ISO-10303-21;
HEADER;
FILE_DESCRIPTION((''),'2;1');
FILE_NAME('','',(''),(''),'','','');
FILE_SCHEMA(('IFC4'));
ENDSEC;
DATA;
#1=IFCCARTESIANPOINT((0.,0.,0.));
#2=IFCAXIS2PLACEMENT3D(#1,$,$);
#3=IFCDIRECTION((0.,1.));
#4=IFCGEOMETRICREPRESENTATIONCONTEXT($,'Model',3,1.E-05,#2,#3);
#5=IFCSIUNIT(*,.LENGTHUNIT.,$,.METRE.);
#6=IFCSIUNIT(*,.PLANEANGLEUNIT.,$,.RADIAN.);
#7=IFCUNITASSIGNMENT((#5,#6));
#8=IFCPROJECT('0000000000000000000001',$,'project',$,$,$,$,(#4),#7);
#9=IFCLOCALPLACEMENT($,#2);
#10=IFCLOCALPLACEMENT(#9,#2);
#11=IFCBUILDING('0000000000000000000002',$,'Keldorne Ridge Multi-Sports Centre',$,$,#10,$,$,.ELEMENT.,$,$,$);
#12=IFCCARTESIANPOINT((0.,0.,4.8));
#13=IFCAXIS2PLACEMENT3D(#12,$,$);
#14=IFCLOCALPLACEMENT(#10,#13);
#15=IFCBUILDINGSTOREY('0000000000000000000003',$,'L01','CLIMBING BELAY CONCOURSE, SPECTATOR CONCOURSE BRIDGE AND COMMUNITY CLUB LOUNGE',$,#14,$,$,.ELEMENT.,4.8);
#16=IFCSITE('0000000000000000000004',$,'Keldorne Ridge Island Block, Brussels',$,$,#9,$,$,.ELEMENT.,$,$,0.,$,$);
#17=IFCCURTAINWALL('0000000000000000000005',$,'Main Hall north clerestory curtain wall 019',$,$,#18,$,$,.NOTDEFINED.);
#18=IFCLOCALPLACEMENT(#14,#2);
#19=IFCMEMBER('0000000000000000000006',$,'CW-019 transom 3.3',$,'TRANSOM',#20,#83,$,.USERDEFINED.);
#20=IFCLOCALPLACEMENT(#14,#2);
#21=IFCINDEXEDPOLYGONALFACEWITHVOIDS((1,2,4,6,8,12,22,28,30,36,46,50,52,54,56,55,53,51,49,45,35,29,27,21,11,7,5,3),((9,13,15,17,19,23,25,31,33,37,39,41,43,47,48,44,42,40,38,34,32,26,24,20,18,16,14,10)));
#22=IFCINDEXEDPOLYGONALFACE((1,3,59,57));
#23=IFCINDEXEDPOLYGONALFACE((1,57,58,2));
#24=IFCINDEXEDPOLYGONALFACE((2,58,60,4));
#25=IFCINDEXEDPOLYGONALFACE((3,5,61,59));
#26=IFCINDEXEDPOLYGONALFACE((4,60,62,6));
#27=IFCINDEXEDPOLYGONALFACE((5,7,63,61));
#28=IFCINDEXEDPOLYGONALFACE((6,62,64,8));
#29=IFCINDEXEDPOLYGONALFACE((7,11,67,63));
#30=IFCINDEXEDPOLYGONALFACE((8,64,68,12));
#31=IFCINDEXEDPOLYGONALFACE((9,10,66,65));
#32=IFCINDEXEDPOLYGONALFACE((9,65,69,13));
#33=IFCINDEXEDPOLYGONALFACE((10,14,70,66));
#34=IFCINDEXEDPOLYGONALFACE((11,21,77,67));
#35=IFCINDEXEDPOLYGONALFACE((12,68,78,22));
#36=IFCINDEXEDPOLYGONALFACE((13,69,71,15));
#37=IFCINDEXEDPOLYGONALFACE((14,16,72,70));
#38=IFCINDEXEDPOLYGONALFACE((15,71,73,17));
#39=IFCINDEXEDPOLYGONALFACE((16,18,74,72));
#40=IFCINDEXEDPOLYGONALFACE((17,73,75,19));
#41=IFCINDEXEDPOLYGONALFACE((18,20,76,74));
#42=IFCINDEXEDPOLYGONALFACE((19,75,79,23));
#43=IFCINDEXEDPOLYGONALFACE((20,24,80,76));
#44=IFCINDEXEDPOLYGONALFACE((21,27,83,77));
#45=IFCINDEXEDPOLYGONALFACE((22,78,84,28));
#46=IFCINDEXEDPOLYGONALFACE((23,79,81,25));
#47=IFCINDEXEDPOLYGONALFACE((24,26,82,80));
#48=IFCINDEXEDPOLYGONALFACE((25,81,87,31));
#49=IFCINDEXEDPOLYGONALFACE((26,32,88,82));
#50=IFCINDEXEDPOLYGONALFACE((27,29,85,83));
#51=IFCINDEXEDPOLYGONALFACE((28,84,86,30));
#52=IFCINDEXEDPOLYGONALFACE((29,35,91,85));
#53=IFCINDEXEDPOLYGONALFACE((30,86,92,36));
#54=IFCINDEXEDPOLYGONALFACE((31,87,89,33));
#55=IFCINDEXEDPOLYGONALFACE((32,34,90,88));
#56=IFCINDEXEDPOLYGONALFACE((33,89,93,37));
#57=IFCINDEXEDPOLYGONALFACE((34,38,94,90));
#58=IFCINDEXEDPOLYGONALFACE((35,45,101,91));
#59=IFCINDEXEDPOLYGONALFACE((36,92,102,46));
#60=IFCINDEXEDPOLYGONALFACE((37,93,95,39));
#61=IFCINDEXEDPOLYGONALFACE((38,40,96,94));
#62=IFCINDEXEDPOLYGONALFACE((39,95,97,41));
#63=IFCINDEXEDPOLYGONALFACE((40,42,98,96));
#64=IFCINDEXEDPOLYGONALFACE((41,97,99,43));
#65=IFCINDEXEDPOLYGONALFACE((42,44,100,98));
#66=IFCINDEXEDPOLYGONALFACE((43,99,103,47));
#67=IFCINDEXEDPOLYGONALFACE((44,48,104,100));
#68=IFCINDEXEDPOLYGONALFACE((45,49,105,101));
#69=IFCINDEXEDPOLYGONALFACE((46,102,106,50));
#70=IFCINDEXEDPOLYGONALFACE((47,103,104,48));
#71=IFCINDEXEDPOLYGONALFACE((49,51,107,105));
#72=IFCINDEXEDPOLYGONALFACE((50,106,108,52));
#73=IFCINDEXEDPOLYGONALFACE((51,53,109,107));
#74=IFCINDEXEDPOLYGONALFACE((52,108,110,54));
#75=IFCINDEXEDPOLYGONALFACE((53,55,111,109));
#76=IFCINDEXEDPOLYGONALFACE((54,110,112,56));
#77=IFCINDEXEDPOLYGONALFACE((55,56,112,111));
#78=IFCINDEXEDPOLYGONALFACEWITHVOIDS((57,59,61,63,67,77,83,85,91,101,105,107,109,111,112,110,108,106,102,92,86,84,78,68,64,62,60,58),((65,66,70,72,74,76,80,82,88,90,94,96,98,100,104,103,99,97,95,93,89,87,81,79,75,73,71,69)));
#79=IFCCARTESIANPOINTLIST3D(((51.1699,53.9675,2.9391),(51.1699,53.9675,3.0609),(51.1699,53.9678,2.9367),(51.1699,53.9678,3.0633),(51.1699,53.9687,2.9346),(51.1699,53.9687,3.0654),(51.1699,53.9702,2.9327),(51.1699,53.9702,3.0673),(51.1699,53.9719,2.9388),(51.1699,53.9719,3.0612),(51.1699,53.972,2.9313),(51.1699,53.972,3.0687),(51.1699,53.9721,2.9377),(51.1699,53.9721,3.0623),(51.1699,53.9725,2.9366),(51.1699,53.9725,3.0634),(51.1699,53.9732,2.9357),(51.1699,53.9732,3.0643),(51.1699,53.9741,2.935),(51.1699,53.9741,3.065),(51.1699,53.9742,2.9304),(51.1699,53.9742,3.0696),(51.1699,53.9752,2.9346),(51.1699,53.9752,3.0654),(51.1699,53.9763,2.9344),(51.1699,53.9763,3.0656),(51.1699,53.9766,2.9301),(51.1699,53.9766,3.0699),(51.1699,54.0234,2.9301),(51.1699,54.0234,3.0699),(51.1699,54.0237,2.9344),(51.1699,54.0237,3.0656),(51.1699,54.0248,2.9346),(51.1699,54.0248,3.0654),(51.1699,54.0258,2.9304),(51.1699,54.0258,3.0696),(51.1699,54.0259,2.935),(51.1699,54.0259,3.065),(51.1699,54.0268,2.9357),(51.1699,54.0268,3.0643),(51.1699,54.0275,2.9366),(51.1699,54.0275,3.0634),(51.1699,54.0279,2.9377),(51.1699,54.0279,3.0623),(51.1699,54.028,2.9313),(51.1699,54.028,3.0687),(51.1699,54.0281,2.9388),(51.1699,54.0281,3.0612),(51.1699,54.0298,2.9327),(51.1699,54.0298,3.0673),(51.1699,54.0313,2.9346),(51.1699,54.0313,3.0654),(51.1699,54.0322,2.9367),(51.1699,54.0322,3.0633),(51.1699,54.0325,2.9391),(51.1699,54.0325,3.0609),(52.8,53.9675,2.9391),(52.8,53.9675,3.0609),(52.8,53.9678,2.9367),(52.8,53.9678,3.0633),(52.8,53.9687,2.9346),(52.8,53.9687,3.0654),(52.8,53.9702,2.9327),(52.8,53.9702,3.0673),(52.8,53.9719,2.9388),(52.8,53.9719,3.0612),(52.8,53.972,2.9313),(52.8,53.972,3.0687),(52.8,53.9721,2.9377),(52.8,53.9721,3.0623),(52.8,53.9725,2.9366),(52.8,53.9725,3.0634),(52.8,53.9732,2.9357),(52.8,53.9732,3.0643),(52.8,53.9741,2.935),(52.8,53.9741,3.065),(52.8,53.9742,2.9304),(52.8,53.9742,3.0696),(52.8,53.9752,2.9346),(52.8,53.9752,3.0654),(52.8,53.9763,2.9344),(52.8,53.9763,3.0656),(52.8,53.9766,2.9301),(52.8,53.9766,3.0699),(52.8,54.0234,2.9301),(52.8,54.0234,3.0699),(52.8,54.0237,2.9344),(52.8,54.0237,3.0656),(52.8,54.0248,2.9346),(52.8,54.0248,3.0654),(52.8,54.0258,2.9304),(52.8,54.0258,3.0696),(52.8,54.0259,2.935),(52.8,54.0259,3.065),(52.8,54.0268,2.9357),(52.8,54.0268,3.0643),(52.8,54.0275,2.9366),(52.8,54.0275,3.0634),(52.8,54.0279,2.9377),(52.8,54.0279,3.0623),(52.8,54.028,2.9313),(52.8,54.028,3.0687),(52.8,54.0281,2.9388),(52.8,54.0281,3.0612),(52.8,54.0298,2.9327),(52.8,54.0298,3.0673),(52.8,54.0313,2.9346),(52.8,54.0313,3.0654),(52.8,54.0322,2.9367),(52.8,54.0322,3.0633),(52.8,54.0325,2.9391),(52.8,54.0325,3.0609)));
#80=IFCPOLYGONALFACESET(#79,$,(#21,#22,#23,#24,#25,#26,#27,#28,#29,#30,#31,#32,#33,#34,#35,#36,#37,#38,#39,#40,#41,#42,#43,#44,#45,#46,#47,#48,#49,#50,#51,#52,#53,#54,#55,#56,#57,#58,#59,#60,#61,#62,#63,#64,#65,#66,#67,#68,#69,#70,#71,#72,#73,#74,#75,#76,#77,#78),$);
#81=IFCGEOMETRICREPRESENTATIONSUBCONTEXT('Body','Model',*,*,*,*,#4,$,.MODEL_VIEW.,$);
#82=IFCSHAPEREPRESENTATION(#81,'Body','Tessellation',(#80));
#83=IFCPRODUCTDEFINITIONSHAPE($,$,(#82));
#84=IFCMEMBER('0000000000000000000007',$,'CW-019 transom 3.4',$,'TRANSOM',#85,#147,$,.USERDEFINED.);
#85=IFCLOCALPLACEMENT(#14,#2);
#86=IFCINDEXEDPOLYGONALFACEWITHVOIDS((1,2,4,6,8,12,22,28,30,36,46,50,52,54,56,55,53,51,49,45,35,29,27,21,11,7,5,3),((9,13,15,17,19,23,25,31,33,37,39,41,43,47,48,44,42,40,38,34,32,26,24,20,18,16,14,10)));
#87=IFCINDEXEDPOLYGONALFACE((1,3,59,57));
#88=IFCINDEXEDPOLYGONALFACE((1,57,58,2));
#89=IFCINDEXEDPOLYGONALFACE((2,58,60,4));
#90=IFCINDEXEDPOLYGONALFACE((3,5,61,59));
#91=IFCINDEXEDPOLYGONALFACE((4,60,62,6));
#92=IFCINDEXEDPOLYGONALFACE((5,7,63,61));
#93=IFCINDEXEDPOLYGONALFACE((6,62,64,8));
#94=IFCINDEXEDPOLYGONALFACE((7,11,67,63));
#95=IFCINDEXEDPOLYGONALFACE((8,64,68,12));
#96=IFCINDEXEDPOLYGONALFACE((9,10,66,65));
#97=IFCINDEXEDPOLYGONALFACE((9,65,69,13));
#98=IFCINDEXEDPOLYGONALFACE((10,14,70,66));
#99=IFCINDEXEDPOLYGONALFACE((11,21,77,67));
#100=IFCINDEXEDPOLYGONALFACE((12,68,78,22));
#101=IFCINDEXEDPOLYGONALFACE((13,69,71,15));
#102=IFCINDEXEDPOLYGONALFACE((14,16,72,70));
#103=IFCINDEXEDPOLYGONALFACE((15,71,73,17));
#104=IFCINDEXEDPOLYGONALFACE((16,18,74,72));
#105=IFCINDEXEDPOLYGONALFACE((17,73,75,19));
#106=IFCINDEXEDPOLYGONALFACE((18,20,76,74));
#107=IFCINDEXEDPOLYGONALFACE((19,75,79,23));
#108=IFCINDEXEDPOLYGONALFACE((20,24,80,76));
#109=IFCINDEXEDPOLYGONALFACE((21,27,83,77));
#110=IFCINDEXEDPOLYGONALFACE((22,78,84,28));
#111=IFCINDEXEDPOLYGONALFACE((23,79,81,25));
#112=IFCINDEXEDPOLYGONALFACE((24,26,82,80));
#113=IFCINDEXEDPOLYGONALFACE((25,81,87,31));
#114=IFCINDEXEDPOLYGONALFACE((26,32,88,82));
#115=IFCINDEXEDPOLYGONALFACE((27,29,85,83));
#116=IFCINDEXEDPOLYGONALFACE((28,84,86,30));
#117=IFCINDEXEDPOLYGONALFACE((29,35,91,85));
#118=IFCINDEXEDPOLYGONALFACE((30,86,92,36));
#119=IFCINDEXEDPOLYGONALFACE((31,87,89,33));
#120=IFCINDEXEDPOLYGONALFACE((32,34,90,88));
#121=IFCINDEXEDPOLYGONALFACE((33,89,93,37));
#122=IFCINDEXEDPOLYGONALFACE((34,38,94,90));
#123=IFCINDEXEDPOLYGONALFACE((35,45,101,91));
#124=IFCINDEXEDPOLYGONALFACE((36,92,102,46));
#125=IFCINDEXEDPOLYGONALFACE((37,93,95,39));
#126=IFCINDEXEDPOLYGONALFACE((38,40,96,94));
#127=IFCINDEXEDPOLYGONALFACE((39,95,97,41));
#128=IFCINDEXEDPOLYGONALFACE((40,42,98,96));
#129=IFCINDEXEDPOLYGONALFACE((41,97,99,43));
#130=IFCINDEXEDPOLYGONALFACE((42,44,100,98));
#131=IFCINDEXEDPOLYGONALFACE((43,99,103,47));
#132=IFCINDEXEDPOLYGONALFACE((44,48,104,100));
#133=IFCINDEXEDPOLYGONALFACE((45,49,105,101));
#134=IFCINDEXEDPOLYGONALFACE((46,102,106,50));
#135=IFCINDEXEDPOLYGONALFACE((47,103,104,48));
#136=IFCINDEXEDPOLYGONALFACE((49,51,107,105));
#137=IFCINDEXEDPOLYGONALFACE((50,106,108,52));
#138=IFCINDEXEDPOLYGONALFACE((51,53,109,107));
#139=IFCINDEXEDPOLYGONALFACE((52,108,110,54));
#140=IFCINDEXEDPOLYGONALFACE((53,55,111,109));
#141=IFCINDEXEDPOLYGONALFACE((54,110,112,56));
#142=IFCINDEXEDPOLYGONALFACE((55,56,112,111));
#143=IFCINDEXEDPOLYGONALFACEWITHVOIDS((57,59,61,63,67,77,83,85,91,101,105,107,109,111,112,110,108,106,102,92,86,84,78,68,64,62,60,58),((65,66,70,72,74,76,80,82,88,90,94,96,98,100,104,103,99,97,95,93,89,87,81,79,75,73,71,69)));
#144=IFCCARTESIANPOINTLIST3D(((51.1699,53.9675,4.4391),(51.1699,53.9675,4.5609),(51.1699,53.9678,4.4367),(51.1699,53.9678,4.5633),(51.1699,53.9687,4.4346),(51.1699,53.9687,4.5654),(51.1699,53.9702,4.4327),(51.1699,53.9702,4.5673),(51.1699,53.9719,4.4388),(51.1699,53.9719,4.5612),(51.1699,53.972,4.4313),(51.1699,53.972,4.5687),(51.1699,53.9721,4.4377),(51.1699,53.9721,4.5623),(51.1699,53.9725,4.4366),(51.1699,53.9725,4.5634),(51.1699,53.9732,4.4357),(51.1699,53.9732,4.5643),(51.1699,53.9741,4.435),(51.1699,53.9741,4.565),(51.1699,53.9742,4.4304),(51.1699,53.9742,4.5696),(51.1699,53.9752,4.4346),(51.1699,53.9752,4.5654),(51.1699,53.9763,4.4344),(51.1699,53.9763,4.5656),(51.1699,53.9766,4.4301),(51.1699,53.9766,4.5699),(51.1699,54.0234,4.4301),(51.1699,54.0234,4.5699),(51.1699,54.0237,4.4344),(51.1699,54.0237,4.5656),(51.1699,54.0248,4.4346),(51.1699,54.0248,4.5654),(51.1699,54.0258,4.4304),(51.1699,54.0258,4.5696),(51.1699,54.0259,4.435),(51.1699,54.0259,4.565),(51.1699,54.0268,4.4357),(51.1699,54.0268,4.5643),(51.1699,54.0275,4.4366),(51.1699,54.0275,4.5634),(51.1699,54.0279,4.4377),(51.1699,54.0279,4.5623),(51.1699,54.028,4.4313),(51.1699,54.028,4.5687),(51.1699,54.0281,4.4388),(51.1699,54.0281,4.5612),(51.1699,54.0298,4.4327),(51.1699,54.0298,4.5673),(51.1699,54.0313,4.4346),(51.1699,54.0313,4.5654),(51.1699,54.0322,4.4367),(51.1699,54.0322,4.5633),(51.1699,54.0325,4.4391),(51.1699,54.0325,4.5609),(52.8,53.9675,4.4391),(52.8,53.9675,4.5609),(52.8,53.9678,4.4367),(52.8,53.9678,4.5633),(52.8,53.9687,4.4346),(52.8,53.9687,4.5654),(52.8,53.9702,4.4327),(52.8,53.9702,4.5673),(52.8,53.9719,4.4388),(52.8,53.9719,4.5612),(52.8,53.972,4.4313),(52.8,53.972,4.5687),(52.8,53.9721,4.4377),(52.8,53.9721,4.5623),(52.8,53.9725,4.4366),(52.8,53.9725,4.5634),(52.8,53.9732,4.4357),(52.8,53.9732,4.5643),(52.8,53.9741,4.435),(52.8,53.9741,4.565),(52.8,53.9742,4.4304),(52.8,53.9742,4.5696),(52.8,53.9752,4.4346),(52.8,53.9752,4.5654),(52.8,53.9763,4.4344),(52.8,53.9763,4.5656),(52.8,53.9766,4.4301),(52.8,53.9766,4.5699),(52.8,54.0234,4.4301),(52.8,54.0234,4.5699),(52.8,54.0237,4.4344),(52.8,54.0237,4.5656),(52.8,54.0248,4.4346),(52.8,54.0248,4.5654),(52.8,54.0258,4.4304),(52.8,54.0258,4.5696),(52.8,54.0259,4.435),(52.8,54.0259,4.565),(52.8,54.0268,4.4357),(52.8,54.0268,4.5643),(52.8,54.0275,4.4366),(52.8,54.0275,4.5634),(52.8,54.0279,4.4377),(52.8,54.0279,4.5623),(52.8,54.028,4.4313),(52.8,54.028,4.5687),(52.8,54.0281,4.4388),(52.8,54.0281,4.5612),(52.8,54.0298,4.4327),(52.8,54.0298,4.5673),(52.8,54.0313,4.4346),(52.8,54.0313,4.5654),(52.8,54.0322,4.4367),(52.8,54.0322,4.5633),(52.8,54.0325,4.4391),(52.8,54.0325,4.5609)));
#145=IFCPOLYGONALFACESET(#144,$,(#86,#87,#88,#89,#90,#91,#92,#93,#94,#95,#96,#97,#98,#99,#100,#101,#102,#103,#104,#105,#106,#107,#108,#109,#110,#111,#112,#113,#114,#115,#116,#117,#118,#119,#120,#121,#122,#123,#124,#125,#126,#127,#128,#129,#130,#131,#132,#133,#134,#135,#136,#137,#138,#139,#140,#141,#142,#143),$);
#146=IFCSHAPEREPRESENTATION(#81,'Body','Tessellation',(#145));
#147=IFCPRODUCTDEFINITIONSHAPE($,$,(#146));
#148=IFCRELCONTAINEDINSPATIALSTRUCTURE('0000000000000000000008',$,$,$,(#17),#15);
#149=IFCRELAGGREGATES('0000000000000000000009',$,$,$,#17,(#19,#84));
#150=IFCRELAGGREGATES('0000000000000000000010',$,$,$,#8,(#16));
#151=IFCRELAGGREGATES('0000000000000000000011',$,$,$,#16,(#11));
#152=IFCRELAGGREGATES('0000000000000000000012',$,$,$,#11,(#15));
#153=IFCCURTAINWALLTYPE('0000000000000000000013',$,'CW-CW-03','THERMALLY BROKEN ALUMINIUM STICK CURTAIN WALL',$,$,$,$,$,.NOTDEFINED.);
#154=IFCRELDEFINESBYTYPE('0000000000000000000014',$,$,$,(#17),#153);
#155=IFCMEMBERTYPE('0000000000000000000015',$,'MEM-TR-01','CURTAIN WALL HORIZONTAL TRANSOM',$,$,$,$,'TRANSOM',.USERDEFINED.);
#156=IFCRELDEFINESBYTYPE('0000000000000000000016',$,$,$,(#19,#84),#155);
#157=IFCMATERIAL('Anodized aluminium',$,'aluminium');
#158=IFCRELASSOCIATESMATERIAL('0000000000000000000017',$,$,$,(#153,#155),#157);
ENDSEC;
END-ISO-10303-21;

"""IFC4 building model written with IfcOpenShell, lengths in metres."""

from ifc_helpers import new_model, si_unit, direction, frame, origin, origin_2d, place, context, subcontext, project, spatial, hollow_rectangle, extrude, material, material_profile, profile_set, type_object, element, aggregate, save


model = new_model("IFC4")

# Units and contexts
model_context = context("Model", 3, precision=1e-05, world=origin(), true_north=direction((0.0, 1.0)))
body_context = subcontext(model_context, "Body", "Model", "MODEL_VIEW")
ifc_project = project(units=[si_unit("LENGTHUNIT", "METRE"), si_unit("PLANEANGLEUNIT", "RADIAN")], contexts=[model_context])

# Site, building, storey
site_placement = place(None, origin())
site = spatial("IfcSite", under=ifc_project, at=site_placement, Name="Keldorne Ridge Island Block, Brussels", CompositionType="ELEMENT", RefElevation=0.0)
building_placement = place(site_placement, origin())
building = spatial("IfcBuilding", under=site, at=building_placement, Name="Keldorne Ridge Multi-Sports Centre", CompositionType="ELEMENT")
storey_placement = place(building_placement, frame((0.0, 0.0, 4.8)))
storey = spatial("IfcBuildingStorey", under=building, at=storey_placement, Name="L01", Description="CLIMBING BELAY CONCOURSE, SPECTATOR CONCOURSE BRIDGE AND COMMUNITY CLUB LOUNGE", CompositionType="ELEMENT", Elevation=4.8)

# Curtain wall, members
ifc_material_1 = material(Name="Anodized aluminium", Category="aluminium")
curtain_wall_type = type_object("IfcCurtainWallType", Name="CW-CW-03", Description="THERMALLY BROKEN ALUMINIUM STICK CURTAIN WALL", PredefinedType="NOTDEFINED", material=ifc_material_1)
curtain_wall_placement = place(storey_placement, origin())
curtain_wall = element("IfcCurtainWall", 1, at=curtain_wall_placement, inside=storey, type_object=curtain_wall_type, Name="Main Hall north clerestory curtain wall 019", PredefinedType="NOTDEFINED")
ifc_material_profile_1 = material_profile(ifc_material_1, hollow_rectangle(XDim=0.0649, YDim=0.1399, WallThickness=0.0044, InnerFilletRadius=0.0044, OuterFilletRadius=0.009, at=origin_2d()), Name="ALU TRANSOM 140x65x4.5")
ifc_profile_set_1 = profile_set([ifc_material_profile_1], Name="Anodized aluminium")
member_type_1 = type_object("IfcMemberType", Name="MEM-TR-01", Description="CURTAIN WALL HORIZONTAL TRANSOM", ElementType="TRANSOM", PredefinedType="USERDEFINED", material=ifc_profile_set_1)
member_1_placement = place(storey_placement, frame((52.8, 54.0, 3.0), z_axis=(-1.0, 0.0, 0.0), x_axis=(0.0, -1.0, 0.0)))
member_1 = element("IfcMember", 2, at=member_1_placement, type_object=member_type_1, Name="CW-019 transom 3.3", ObjectType="TRANSOM", PredefinedType="USERDEFINED", context=body_context, shape_type="SweptSolid", body=[
    extrude(hollow_rectangle(XDim=0.0649, YDim=0.1399, WallThickness=0.0044, InnerFilletRadius=0.0044, OuterFilletRadius=0.009, at=origin_2d()), origin(), (0.0, 0.0, 1.0), 1.6301),
])
member_2_placement = place(storey_placement, frame((52.8, 54.0, 4.5), z_axis=(-1.0, 0.0, 0.0), x_axis=(0.0, -1.0, 0.0)))
member_2 = element("IfcMember", 3, at=member_2_placement, type_object=member_type_1, Name="CW-019 transom 3.4", ObjectType="TRANSOM", PredefinedType="USERDEFINED", context=body_context, shape_type="SweptSolid", body=[
    extrude(hollow_rectangle(XDim=0.0649, YDim=0.1399, WallThickness=0.0044, InnerFilletRadius=0.0044, OuterFilletRadius=0.009, at=origin_2d()), origin(), (0.0, 0.0, 1.0), 1.6301),
])
aggregate(curtain_wall, [member_1, member_2])

save(model, "model.ifc")
